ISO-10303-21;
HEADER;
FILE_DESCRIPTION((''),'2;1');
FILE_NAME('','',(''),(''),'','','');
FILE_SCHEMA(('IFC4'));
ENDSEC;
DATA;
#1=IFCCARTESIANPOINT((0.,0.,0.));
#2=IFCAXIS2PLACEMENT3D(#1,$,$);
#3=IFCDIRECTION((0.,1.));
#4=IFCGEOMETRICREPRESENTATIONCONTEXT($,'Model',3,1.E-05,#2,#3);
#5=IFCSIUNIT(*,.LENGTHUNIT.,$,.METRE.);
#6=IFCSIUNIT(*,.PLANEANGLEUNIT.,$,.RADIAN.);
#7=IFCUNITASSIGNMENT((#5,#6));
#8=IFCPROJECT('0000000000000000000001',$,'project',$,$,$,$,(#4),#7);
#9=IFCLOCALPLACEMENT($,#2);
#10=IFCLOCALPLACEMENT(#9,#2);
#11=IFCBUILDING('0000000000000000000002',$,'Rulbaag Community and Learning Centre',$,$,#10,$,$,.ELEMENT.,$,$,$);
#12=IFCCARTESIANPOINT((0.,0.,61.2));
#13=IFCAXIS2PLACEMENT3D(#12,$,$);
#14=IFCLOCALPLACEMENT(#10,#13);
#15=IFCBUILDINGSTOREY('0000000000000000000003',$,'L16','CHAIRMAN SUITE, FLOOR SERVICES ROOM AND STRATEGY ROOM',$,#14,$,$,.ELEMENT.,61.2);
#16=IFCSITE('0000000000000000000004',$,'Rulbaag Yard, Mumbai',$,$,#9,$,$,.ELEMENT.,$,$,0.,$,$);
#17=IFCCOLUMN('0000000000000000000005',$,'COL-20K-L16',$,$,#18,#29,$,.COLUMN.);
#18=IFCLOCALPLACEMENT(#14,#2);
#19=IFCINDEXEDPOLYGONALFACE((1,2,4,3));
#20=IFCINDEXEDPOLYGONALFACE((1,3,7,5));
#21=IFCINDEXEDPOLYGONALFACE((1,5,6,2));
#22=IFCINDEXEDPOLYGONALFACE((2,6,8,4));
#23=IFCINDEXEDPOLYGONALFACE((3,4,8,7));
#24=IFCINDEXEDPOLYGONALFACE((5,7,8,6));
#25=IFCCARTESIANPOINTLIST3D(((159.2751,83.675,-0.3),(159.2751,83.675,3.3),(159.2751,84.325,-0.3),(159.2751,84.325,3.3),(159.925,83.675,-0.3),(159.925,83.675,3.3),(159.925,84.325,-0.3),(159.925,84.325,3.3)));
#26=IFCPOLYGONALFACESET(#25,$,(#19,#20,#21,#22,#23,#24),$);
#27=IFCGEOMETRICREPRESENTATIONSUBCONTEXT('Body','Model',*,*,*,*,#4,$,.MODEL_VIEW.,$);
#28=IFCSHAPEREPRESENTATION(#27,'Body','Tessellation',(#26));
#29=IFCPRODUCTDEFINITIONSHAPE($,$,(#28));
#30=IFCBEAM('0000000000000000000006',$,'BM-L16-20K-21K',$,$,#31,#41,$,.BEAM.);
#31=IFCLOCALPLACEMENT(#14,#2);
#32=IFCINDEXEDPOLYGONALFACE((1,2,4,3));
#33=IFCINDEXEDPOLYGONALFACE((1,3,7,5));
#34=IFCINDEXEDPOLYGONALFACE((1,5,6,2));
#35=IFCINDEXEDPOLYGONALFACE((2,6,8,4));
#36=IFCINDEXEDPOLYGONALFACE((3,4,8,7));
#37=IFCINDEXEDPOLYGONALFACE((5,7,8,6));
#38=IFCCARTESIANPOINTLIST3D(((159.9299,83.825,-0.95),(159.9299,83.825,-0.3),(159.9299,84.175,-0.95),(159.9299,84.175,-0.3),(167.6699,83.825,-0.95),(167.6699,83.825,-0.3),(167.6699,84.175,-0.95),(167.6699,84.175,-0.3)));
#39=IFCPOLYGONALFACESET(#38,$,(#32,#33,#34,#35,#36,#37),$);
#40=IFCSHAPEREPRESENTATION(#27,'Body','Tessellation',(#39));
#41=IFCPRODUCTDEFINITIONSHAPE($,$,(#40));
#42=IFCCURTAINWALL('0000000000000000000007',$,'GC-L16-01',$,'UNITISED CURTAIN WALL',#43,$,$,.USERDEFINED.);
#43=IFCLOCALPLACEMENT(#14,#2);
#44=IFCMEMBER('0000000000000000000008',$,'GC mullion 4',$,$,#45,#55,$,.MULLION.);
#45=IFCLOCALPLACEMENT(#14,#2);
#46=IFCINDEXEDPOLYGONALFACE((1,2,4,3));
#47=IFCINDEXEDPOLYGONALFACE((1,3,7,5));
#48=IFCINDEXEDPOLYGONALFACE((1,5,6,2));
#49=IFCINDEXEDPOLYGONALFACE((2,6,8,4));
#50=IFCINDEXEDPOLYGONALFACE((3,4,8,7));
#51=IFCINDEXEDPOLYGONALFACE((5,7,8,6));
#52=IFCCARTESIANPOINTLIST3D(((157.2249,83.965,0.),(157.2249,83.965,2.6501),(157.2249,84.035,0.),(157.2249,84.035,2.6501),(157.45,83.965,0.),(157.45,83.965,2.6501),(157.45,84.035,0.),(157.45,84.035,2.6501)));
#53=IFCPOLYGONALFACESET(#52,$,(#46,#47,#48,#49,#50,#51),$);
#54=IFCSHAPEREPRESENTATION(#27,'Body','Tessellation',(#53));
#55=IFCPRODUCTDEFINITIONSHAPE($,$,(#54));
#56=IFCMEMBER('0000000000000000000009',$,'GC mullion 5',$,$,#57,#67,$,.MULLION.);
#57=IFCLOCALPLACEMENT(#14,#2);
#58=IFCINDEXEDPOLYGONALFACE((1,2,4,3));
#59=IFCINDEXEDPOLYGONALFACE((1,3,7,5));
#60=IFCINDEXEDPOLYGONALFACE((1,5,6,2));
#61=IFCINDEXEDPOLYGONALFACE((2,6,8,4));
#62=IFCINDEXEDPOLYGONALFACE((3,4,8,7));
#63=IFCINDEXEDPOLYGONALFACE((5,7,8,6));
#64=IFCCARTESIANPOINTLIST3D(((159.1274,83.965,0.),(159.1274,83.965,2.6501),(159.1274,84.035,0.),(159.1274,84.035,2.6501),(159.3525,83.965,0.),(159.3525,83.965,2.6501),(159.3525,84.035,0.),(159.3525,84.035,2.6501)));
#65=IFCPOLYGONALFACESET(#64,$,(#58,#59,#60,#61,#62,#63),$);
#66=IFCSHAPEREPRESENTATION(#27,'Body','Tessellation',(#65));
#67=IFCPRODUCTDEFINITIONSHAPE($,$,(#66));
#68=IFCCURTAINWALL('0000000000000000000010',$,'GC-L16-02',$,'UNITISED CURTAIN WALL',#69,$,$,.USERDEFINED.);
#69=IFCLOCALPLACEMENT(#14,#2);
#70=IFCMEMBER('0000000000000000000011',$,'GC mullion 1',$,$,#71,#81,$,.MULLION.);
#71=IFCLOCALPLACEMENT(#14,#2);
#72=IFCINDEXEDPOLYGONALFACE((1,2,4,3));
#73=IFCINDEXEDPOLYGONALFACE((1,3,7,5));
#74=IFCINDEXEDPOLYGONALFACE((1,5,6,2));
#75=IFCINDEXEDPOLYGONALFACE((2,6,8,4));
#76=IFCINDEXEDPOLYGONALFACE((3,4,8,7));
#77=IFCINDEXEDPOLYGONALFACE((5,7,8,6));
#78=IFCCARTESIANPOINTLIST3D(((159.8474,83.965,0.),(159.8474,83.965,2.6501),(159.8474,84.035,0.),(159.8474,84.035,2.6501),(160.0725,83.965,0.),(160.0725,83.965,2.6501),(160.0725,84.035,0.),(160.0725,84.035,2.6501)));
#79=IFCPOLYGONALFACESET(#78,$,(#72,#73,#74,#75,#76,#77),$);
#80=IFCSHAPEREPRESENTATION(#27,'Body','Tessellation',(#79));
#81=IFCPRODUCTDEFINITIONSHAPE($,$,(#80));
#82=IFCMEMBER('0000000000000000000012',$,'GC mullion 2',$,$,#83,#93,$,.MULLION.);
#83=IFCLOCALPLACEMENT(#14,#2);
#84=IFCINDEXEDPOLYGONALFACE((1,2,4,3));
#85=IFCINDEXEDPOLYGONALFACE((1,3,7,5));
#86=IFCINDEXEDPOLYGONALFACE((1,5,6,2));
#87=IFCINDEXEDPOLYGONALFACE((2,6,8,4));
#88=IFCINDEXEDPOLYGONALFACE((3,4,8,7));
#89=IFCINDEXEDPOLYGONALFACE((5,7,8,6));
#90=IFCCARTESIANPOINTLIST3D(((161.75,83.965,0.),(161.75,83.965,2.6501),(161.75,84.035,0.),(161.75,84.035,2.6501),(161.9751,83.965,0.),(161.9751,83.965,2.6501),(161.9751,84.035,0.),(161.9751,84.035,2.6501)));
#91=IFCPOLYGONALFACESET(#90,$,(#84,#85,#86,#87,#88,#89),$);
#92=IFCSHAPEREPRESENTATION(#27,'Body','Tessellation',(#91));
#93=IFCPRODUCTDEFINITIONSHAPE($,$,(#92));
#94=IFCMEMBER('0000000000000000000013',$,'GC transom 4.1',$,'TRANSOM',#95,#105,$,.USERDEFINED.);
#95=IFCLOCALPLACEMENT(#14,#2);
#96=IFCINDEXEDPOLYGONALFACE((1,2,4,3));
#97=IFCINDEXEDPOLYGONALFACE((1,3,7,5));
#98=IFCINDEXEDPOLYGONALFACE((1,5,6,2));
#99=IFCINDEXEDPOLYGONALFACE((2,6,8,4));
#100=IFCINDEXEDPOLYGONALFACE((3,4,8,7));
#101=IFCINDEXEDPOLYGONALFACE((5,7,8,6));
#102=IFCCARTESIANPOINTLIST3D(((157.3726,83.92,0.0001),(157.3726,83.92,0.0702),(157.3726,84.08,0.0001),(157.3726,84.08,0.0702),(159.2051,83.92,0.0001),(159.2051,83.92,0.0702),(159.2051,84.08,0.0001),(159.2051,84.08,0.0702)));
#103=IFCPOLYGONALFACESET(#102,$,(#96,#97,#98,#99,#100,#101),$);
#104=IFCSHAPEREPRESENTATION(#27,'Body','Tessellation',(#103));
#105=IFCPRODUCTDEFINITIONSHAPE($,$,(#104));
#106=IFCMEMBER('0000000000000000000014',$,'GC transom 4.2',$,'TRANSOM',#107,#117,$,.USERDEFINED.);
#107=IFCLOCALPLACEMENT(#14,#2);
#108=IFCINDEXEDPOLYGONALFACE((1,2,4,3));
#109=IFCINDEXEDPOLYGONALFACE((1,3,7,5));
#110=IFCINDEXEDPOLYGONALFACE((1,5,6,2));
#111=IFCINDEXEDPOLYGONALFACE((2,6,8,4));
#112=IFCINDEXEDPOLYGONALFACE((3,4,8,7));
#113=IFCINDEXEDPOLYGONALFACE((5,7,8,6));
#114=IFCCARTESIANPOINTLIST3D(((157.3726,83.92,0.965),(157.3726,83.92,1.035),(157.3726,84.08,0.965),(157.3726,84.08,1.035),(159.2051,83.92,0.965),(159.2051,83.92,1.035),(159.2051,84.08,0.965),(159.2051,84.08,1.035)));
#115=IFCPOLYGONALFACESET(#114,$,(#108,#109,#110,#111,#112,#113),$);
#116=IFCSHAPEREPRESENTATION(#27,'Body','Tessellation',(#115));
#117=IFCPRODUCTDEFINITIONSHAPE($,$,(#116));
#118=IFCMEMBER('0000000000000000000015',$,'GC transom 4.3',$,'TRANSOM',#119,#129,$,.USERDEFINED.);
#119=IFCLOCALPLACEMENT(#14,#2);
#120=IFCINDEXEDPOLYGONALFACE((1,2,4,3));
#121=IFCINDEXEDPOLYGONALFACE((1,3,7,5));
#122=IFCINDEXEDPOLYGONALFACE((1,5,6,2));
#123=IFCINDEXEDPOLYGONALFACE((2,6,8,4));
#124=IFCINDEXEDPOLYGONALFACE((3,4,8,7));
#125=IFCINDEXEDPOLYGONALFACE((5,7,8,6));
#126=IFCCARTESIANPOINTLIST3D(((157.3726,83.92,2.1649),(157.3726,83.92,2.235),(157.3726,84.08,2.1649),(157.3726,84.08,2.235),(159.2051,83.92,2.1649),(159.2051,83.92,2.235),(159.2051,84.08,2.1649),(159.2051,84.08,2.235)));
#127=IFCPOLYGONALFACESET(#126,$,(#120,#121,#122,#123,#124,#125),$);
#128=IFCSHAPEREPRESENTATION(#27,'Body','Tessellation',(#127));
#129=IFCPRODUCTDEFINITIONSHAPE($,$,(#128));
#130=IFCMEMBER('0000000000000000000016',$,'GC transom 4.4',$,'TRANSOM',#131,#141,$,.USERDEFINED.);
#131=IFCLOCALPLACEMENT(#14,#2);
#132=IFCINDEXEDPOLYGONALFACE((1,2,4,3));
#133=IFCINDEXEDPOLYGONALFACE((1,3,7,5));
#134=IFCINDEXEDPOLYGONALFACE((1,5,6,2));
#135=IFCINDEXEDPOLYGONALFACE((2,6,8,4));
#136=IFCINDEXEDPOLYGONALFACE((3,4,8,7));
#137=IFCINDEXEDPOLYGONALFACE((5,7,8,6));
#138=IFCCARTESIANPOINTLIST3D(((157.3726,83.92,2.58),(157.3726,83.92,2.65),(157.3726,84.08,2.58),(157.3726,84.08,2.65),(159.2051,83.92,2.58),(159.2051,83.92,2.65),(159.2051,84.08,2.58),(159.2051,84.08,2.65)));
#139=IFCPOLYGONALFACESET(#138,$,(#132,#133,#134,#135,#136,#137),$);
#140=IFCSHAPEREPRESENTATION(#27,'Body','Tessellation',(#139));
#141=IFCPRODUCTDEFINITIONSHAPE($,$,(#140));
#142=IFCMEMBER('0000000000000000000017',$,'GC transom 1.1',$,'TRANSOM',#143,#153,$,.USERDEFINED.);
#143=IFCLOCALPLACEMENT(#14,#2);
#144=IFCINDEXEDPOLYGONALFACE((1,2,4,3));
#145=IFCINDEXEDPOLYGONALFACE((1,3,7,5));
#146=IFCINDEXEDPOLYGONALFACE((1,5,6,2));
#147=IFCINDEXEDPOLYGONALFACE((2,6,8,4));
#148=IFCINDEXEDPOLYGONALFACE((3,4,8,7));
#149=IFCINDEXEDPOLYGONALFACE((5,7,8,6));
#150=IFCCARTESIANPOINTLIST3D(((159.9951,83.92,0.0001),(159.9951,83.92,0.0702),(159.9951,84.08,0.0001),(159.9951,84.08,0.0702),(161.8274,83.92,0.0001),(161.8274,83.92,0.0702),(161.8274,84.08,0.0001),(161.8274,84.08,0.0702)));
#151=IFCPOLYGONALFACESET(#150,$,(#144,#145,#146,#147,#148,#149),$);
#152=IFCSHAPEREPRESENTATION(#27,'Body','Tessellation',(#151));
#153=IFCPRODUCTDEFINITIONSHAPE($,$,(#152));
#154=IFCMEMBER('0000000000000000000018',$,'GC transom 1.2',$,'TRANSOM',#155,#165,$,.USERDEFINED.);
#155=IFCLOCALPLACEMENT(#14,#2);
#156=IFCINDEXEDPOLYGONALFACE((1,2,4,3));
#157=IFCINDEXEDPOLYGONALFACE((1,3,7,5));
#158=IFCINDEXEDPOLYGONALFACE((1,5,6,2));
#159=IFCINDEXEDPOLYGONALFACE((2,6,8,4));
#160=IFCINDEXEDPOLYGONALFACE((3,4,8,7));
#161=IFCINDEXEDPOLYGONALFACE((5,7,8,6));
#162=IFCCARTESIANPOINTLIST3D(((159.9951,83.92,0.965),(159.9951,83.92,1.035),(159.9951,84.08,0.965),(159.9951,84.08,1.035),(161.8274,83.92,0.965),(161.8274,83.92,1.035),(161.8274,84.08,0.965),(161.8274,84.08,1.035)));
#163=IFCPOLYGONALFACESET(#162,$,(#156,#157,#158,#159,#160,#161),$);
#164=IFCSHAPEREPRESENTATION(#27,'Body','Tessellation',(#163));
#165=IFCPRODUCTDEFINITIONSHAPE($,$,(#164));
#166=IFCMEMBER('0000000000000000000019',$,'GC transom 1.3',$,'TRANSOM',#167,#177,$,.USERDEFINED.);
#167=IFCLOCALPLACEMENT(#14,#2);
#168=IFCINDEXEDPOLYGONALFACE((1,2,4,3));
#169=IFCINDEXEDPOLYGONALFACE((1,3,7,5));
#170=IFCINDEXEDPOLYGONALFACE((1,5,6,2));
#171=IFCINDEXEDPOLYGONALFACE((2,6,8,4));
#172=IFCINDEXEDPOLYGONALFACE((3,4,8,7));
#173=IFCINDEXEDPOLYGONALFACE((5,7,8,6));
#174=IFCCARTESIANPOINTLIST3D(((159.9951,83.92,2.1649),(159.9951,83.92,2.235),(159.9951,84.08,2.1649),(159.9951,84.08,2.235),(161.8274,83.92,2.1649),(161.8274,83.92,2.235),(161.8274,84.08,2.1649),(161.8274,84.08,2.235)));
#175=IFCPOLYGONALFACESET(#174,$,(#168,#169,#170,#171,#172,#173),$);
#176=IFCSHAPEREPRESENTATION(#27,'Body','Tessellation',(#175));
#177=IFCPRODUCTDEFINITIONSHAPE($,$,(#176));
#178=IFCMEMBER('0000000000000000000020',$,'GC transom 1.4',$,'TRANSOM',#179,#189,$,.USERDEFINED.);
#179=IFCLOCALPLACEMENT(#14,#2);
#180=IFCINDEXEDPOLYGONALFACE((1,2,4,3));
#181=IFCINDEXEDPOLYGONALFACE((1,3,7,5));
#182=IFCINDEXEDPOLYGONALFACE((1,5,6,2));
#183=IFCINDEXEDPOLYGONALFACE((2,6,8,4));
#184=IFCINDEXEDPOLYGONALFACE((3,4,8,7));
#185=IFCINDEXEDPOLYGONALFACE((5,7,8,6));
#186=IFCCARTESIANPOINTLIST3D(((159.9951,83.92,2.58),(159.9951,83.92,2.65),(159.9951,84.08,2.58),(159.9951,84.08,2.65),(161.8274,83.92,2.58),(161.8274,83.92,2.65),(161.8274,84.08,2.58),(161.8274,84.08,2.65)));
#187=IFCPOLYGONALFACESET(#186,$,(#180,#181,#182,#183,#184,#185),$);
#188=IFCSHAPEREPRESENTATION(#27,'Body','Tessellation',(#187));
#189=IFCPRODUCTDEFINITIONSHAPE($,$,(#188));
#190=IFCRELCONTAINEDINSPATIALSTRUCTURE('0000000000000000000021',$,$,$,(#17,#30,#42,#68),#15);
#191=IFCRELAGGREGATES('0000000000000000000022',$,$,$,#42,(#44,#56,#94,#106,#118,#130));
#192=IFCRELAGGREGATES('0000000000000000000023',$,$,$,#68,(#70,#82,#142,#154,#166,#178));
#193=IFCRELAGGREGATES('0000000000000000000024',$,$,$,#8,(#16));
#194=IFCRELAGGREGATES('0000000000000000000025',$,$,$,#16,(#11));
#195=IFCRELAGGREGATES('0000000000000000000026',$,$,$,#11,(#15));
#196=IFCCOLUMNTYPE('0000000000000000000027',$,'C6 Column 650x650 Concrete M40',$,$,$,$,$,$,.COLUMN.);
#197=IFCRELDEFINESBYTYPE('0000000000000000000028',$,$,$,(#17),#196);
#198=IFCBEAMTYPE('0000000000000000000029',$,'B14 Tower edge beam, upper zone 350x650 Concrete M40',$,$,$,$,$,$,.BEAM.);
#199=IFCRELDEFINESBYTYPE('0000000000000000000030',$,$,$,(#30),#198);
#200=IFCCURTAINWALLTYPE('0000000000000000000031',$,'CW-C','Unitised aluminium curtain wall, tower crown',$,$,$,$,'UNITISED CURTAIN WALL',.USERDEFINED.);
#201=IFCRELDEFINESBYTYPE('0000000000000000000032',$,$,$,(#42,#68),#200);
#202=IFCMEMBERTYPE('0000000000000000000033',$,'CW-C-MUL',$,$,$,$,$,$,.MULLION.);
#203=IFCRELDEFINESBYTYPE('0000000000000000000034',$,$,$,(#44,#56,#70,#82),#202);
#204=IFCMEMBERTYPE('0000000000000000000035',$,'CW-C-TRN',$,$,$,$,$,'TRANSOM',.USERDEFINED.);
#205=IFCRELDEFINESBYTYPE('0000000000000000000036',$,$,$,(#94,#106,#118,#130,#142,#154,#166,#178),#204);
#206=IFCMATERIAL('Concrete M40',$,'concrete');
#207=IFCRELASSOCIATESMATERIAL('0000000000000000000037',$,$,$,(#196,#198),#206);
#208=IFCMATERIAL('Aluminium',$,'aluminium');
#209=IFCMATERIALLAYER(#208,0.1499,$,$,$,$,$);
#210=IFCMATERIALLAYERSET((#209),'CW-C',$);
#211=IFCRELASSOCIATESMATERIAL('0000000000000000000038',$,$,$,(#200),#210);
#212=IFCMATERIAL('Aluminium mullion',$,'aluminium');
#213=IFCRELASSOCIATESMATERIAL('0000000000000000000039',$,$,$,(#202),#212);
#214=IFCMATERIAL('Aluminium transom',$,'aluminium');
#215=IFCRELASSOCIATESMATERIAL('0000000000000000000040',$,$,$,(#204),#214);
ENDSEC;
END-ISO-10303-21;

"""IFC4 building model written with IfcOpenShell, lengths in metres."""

from ifc_helpers import new_model, si_unit, direction, frame, origin, origin_2d, place, context, subcontext, project, spatial, rectangle, extrude, material, layer, layer_set, material_profile, profile_set, type_object, element, aggregate, save


model = new_model("IFC4")

# Units and contexts
model_context = context("Model", 3, precision=1e-05, world=origin(), true_north=direction((0.0, 1.0)))
body_context = subcontext(model_context, "Body", "Model", "MODEL_VIEW")
ifc_project = project(units=[si_unit("LENGTHUNIT", "METRE"), si_unit("PLANEANGLEUNIT", "RADIAN")], contexts=[model_context])

# Site, building, storey
site_placement = place(None, origin())
site = spatial("IfcSite", under=ifc_project, at=site_placement, Name="Rulbaag Yard, Mumbai", CompositionType="ELEMENT", RefElevation=0.0)
building_placement = place(site_placement, origin())
building = spatial("IfcBuilding", under=site, at=building_placement, Name="Rulbaag Community and Learning Centre", CompositionType="ELEMENT")
storey_placement = place(building_placement, frame((0.0, 0.0, 61.2)))
storey = spatial("IfcBuildingStorey", under=building, at=storey_placement, Name="L16", Description="CHAIRMAN SUITE, FLOOR SERVICES ROOM AND STRATEGY ROOM", CompositionType="ELEMENT", Elevation=61.2)

# Column
ifc_material_1 = material(Name="Concrete M40", Category="concrete")
ifc_material_profile_1 = material_profile(ifc_material_1, rectangle(XDim=0.6499, YDim=0.6499, at=origin_2d()), Name="RC650x650")
ifc_profile_set_1 = profile_set([ifc_material_profile_1], Name="Concrete M40")
column_type = type_object("IfcColumnType", Name="C6 Column 650x650 Concrete M40", PredefinedType="COLUMN", material=ifc_profile_set_1)
column_placement = place(storey_placement, frame((159.6001, 84.0, -0.3), z_axis=(0.0, 0.0, 1.0), x_axis=(1.0, 0.0, 0.0)))
element("IfcColumn", 1, at=column_placement, inside=storey, type_object=column_type, Name="COL-20K-L16", PredefinedType="COLUMN", context=body_context, shape_type="SweptSolid", body=[
    extrude(rectangle(XDim=0.6499, YDim=0.6499, at=origin_2d()), origin(), (0.0, 0.0, 1.0), 3.6001),
])

# Beam
ifc_material_profile_2 = material_profile(ifc_material_1, rectangle(XDim=0.3501, YDim=0.6499, at=origin_2d()), Name="RB350x650")
ifc_profile_set_2 = profile_set([ifc_material_profile_2], Name="Concrete M40")
beam_type = type_object("IfcBeamType", Name="B14 Tower edge beam, upper zone 350x650 Concrete M40", PredefinedType="BEAM", material=ifc_profile_set_2)
beam_placement = place(storey_placement, frame((159.9299, 84.0, -0.625), z_axis=(1.0, 0.0, 0.0), x_axis=(0.0, 1.0, 0.0)))
element("IfcBeam", 2, at=beam_placement, inside=storey, type_object=beam_type, Name="BM-L16-20K-21K", PredefinedType="BEAM", context=body_context, shape_type="SweptSolid", body=[
    extrude(rectangle(XDim=0.3501, YDim=0.6499, at=origin_2d()), origin(), (0.0, 0.0, 1.0), 7.74),
])

# Curtain walls, members
ifc_material_2 = material(Name="Aluminium", Category="aluminium")
ifc_layer_1 = layer(ifc_material_2, 0.1499)
ifc_layer_set_1 = layer_set([ifc_layer_1], Name="CW-C")
curtain_wall_type = type_object("IfcCurtainWallType", Name="CW-C", Description="Unitised aluminium curtain wall, tower crown", ElementType="UNITISED CURTAIN WALL", PredefinedType="USERDEFINED", material=ifc_layer_set_1)
curtain_wall_1_placement = place(storey_placement, origin())
curtain_wall_1 = element("IfcCurtainWall", 3, at=curtain_wall_1_placement, inside=storey, type_object=curtain_wall_type, Name="GC-L16-01", ObjectType="UNITISED CURTAIN WALL", PredefinedType="USERDEFINED")
ifc_material_3 = material(Name="Aluminium mullion", Category="aluminium")
ifc_material_profile_3 = material_profile(ifc_material_3, rectangle(XDim=0.0701, YDim=0.2251, at=origin_2d()), Name="AL 70x225")
ifc_profile_set_3 = profile_set([ifc_material_profile_3], Name="Aluminium mullion")
member_type_1 = type_object("IfcMemberType", Name="CW-C-MUL", PredefinedType="MULLION", material=ifc_profile_set_3)
member_1_placement = place(storey_placement, frame((157.3374, 84.0, 0.0), z_axis=(0.0, 0.0, 1.0), x_axis=(0.0, 1.0, 0.0)))
member_1 = element("IfcMember", 4, at=member_1_placement, type_object=member_type_1, Name="GC mullion 4", PredefinedType="MULLION", context=body_context, shape_type="SweptSolid", body=[
    extrude(rectangle(XDim=0.0701, YDim=0.2251, at=origin_2d()), origin(), (0.0, 0.0, 1.0), 2.6501),
])
member_2_placement = place(storey_placement, frame((159.24, 84.0, 0.0), z_axis=(0.0, 0.0, 1.0), x_axis=(0.0, 1.0, 0.0)))
member_2 = element("IfcMember", 5, at=member_2_placement, type_object=member_type_1, Name="GC mullion 5", PredefinedType="MULLION", context=body_context, shape_type="SweptSolid", body=[
    extrude(rectangle(XDim=0.0701, YDim=0.2251, at=origin_2d()), origin(), (0.0, 0.0, 1.0), 2.6501),
])
curtain_wall_2_placement = place(storey_placement, origin())
curtain_wall_2 = element("IfcCurtainWall", 6, at=curtain_wall_2_placement, inside=storey, type_object=curtain_wall_type, Name="GC-L16-02", ObjectType="UNITISED CURTAIN WALL", PredefinedType="USERDEFINED")
member_3_placement = place(storey_placement, frame((159.96, 84.0, 0.0), z_axis=(0.0, 0.0, 1.0), x_axis=(0.0, 1.0, 0.0)))
member_3 = element("IfcMember", 7, at=member_3_placement, type_object=member_type_1, Name="GC mullion 1", PredefinedType="MULLION", context=body_context, shape_type="SweptSolid", body=[
    extrude(rectangle(XDim=0.0701, YDim=0.2251, at=origin_2d()), origin(), (0.0, 0.0, 1.0), 2.6501),
])
member_4_placement = place(storey_placement, frame((161.8625, 84.0, 0.0), z_axis=(0.0, 0.0, 1.0), x_axis=(0.0, 1.0, 0.0)))
member_4 = element("IfcMember", 8, at=member_4_placement, type_object=member_type_1, Name="GC mullion 2", PredefinedType="MULLION", context=body_context, shape_type="SweptSolid", body=[
    extrude(rectangle(XDim=0.0701, YDim=0.2251, at=origin_2d()), origin(), (0.0, 0.0, 1.0), 2.6501),
])

# Members
ifc_material_4 = material(Name="Aluminium transom", Category="aluminium")
ifc_material_profile_4 = material_profile(ifc_material_4, rectangle(XDim=0.1599, YDim=0.0701, at=origin_2d()), Name="AL 70x160 T")
ifc_profile_set_4 = profile_set([ifc_material_profile_4], Name="Aluminium transom")
member_type_2 = type_object("IfcMemberType", Name="CW-C-TRN", ElementType="TRANSOM", PredefinedType="USERDEFINED", material=ifc_profile_set_4)
member_5_placement = place(storey_placement, frame((157.3726, 84.0, 0.0352), z_axis=(1.0, 0.0, 0.0), x_axis=(0.0, 1.0, 0.0)))
member_5 = element("IfcMember", 9, at=member_5_placement, type_object=member_type_2, Name="GC transom 4.1", ObjectType="TRANSOM", PredefinedType="USERDEFINED", context=body_context, shape_type="SweptSolid", body=[
    extrude(rectangle(XDim=0.1599, YDim=0.0701, at=origin_2d()), origin(), (0.0, 0.0, 1.0), 1.8325),
])
member_6_placement = place(storey_placement, frame((157.3726, 84.0, 1.0), z_axis=(1.0, 0.0, 0.0), x_axis=(0.0, 1.0, 0.0)))
member_6 = element("IfcMember", 10, at=member_6_placement, type_object=member_type_2, Name="GC transom 4.2", ObjectType="TRANSOM", PredefinedType="USERDEFINED", context=body_context, shape_type="SweptSolid", body=[
    extrude(rectangle(XDim=0.1599, YDim=0.0701, at=origin_2d()), origin(), (0.0, 0.0, 1.0), 1.8325),
])
member_7_placement = place(storey_placement, frame((157.3726, 84.0, 2.2), z_axis=(1.0, 0.0, 0.0), x_axis=(0.0, 1.0, 0.0)))
member_7 = element("IfcMember", 11, at=member_7_placement, type_object=member_type_2, Name="GC transom 4.3", ObjectType="TRANSOM", PredefinedType="USERDEFINED", context=body_context, shape_type="SweptSolid", body=[
    extrude(rectangle(XDim=0.1599, YDim=0.0701, at=origin_2d()), origin(), (0.0, 0.0, 1.0), 1.8325),
])
member_8_placement = place(storey_placement, frame((157.3726, 84.0, 2.615), z_axis=(1.0, 0.0, 0.0), x_axis=(0.0, 1.0, 0.0)))
member_8 = element("IfcMember", 12, at=member_8_placement, type_object=member_type_2, Name="GC transom 4.4", ObjectType="TRANSOM", PredefinedType="USERDEFINED", context=body_context, shape_type="SweptSolid", body=[
    extrude(rectangle(XDim=0.1599, YDim=0.0701, at=origin_2d()), origin(), (0.0, 0.0, 1.0), 1.8325),
])
member_9_placement = place(storey_placement, frame((159.9951, 84.0, 0.0352), z_axis=(1.0, 0.0, 0.0), x_axis=(0.0, 1.0, 0.0)))
member_9 = element("IfcMember", 13, at=member_9_placement, type_object=member_type_2, Name="GC transom 1.1", ObjectType="TRANSOM", PredefinedType="USERDEFINED", context=body_context, shape_type="SweptSolid", body=[
    extrude(rectangle(XDim=0.1599, YDim=0.0701, at=origin_2d()), origin(), (0.0, 0.0, 1.0), 1.8323),
])
member_10_placement = place(storey_placement, frame((159.9951, 84.0, 1.0), z_axis=(1.0, 0.0, 0.0), x_axis=(0.0, 1.0, 0.0)))
member_10 = element("IfcMember", 14, at=member_10_placement, type_object=member_type_2, Name="GC transom 1.2", ObjectType="TRANSOM", PredefinedType="USERDEFINED", context=body_context, shape_type="SweptSolid", body=[
    extrude(rectangle(XDim=0.1599, YDim=0.0701, at=origin_2d()), origin(), (0.0, 0.0, 1.0), 1.8323),
])
member_11_placement = place(storey_placement, frame((159.9951, 84.0, 2.2), z_axis=(1.0, 0.0, 0.0), x_axis=(0.0, 1.0, 0.0)))
member_11 = element("IfcMember", 15, at=member_11_placement, type_object=member_type_2, Name="GC transom 1.3", ObjectType="TRANSOM", PredefinedType="USERDEFINED", context=body_context, shape_type="SweptSolid", body=[
    extrude(rectangle(XDim=0.1599, YDim=0.0701, at=origin_2d()), origin(), (0.0, 0.0, 1.0), 1.8323),
])
member_12_placement = place(storey_placement, frame((159.9951, 84.0, 2.615), z_axis=(1.0, 0.0, 0.0), x_axis=(0.0, 1.0, 0.0)))
member_12 = element("IfcMember", 16, at=member_12_placement, type_object=member_type_2, Name="GC transom 1.4", ObjectType="TRANSOM", PredefinedType="USERDEFINED", context=body_context, shape_type="SweptSolid", body=[
    extrude(rectangle(XDim=0.1599, YDim=0.0701, at=origin_2d()), origin(), (0.0, 0.0, 1.0), 1.8323),
])

aggregate(curtain_wall_1, [member_1, member_2, member_5, member_6, member_7, member_8])
aggregate(curtain_wall_2, [member_3, member_4, member_9, member_10, member_11, member_12])

save(model, "model.ifc")
